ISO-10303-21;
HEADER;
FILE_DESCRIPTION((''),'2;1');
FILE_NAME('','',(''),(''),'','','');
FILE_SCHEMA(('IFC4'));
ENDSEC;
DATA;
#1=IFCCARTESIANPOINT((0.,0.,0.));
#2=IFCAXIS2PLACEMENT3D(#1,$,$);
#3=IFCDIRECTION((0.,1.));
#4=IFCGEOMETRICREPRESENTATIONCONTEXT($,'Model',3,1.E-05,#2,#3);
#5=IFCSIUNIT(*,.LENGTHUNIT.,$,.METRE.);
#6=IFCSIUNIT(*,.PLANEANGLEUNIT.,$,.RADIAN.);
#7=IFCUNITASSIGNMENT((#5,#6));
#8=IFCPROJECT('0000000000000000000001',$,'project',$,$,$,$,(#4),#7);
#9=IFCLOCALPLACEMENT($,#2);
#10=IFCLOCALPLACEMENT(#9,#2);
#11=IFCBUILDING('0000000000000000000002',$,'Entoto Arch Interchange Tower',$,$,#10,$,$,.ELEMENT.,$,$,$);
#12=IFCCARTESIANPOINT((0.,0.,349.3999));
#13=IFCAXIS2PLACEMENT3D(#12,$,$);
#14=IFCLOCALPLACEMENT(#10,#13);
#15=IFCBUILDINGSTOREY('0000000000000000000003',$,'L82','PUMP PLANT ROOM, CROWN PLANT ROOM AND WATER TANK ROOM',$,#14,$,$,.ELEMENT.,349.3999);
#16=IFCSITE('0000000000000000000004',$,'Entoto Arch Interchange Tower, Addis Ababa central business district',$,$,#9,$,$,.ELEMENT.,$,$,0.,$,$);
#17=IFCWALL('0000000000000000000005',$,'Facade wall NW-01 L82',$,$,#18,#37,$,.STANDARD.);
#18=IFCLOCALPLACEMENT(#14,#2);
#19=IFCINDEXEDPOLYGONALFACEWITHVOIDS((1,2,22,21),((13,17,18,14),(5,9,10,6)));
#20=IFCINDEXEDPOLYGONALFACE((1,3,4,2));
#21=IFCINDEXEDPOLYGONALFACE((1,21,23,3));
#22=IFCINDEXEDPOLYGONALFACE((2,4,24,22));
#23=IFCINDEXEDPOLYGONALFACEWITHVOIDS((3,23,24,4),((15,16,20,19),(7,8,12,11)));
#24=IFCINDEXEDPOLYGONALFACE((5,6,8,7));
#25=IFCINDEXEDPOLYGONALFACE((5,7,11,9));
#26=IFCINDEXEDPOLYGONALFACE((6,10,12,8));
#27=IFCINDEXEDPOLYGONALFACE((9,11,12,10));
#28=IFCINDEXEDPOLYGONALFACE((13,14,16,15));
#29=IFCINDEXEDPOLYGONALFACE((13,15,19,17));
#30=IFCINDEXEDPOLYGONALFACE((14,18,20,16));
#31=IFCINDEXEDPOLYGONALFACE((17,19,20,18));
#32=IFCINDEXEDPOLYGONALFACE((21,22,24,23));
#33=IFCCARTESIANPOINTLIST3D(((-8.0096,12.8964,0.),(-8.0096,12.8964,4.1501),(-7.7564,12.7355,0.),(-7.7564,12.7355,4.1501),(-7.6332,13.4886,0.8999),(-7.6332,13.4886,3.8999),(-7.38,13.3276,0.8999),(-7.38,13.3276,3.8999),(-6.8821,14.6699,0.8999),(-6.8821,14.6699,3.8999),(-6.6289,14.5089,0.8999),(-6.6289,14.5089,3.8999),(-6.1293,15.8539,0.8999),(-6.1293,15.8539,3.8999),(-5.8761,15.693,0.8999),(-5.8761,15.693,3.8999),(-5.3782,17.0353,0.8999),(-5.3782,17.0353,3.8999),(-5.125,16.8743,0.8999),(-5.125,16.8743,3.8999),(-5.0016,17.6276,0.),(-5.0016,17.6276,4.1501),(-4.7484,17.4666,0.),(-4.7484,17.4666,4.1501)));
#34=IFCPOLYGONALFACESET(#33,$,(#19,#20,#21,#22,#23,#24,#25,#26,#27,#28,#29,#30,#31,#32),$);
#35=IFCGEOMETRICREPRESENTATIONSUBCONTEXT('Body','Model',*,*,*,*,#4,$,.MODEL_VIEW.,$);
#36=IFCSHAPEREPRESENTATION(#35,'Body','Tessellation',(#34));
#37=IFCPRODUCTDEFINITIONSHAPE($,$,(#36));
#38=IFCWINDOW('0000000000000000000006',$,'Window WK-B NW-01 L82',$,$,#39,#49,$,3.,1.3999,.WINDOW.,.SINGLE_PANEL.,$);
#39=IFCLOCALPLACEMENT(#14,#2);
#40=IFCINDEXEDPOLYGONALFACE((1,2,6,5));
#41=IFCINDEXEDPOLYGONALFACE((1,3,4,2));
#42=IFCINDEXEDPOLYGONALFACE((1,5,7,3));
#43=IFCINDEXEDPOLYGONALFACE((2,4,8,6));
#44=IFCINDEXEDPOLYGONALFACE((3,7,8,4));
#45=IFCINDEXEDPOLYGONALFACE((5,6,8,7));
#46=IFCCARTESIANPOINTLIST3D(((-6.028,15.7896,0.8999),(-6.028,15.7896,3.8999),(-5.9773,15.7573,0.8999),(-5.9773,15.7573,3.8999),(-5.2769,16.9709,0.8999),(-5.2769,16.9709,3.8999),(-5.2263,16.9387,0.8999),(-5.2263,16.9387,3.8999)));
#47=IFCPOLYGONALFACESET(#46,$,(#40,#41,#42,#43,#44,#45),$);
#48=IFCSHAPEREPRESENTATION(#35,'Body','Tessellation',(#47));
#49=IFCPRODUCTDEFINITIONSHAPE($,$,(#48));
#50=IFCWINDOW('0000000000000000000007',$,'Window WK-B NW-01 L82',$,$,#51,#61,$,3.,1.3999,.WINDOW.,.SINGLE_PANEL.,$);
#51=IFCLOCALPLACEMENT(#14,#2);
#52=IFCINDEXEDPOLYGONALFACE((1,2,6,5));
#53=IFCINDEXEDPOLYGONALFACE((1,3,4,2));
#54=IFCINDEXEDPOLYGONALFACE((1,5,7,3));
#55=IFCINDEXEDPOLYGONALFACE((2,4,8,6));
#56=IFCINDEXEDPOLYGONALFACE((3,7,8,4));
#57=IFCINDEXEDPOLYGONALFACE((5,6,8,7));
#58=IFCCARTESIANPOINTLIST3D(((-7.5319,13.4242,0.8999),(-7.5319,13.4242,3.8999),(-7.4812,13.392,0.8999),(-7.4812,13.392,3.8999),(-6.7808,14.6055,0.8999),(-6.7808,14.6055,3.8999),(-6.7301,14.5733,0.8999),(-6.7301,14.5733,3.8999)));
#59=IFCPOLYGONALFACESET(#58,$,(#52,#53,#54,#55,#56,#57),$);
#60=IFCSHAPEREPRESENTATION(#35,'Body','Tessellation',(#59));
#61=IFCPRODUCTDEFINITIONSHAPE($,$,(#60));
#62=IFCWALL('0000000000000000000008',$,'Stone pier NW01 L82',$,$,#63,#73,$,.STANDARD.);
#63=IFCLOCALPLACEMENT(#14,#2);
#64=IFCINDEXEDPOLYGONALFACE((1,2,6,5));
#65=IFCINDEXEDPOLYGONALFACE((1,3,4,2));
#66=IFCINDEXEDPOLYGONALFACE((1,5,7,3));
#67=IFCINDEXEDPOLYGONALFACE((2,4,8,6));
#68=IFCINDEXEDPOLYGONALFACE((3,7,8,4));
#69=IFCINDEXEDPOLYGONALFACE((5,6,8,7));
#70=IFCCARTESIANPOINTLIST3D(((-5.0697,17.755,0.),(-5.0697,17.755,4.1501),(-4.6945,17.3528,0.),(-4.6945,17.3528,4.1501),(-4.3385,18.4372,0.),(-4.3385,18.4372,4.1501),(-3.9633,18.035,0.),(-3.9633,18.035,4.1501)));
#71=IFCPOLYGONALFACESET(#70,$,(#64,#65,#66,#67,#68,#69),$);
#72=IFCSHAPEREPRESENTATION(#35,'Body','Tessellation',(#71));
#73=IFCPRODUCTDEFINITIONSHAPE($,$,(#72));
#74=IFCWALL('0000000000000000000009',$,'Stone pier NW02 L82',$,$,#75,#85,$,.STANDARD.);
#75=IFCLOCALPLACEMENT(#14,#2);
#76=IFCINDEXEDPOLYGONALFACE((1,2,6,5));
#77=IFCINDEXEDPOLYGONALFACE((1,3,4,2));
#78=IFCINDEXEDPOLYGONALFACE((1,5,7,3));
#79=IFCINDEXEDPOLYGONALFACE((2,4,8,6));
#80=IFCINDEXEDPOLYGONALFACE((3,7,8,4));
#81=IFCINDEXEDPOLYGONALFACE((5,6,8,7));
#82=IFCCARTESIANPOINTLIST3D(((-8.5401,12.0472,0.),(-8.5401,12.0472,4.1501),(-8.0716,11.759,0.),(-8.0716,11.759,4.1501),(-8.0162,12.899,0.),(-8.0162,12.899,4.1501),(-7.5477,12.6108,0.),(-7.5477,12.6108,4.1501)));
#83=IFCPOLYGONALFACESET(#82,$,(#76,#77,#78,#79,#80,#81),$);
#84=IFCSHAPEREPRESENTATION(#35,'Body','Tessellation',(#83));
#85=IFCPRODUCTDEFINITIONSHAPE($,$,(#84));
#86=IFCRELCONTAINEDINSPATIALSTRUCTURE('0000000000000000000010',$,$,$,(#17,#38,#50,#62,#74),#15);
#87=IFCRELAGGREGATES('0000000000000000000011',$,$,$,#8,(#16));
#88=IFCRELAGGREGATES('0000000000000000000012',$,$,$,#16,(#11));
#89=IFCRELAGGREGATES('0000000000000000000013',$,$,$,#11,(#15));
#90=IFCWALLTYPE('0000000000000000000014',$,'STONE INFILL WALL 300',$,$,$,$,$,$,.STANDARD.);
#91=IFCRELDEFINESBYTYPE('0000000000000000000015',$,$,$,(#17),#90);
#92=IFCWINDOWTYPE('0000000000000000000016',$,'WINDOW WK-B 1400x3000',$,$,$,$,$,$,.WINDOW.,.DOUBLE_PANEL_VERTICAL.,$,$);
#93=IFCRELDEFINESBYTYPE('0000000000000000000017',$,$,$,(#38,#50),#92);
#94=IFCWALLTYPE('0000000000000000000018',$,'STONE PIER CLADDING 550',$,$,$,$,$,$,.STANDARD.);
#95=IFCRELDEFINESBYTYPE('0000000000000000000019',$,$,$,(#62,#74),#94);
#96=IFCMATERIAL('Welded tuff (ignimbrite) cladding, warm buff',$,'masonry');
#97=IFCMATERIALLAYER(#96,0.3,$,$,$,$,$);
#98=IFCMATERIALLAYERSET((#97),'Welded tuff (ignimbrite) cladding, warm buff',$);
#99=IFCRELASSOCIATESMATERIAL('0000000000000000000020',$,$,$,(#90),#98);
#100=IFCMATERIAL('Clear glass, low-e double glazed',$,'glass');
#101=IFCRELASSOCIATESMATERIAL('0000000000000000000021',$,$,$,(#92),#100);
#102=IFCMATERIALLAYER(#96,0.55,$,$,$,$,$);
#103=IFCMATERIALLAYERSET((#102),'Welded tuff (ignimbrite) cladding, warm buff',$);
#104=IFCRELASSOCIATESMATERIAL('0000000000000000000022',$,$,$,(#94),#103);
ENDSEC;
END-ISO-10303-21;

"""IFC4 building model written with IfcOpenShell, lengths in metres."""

from ifc_helpers import new_model, si_unit, direction, frame, frame_2d, origin, place, context, subcontext, project, spatial, rectangle, extrude, material, layer, layer_set, type_object, element, fill, save


model = new_model("IFC4")

# Units and contexts
model_context = context("Model", 3, precision=1e-05, world=origin(), true_north=direction((0.0, 1.0)))
body_context = subcontext(model_context, "Body", "Model", "MODEL_VIEW")
ifc_project = project(units=[si_unit("LENGTHUNIT", "METRE"), si_unit("PLANEANGLEUNIT", "RADIAN")], contexts=[model_context])

# Site, building, storey
site_placement = place(None, origin())
site = spatial("IfcSite", under=ifc_project, at=site_placement, Name="Entoto Arch Interchange Tower, Addis Ababa central business district", CompositionType="ELEMENT", RefElevation=0.0)
building_placement = place(site_placement, origin())
building = spatial("IfcBuilding", under=site, at=building_placement, Name="Entoto Arch Interchange Tower", CompositionType="ELEMENT")
storey_placement = place(building_placement, frame((0.0, 0.0, 349.3999)))
storey = spatial("IfcBuildingStorey", under=building, at=storey_placement, Name="L82", Description="PUMP PLANT ROOM, CROWN PLANT ROOM AND WATER TANK ROOM", CompositionType="ELEMENT", Elevation=349.3999)

# Shared definitions
ifc_material_1 = material(Name="Welded tuff (ignimbrite) cladding, warm buff", Category="masonry")
ifc_layer_1 = layer(ifc_material_1, 0.3)
ifc_layer_set_1 = layer_set([ifc_layer_1], Name="Welded tuff (ignimbrite) cladding, warm buff")
wall_type_1 = type_object("IfcWallType", Name="STONE INFILL WALL 300", PredefinedType="STANDARD", material=ifc_layer_set_1)
ifc_material_2 = material(Name="Clear glass, low-e double glazed", Category="glass")
window_type = type_object("IfcWindowType", Name="WINDOW WK-B 1400x3000", PartitioningType="DOUBLE_PANEL_VERTICAL", PredefinedType="WINDOW", material=ifc_material_2)

# Wall, openings, windows
wall_1_placement = place(storey_placement, frame((-4.875, 17.5471, 0.0), z_axis=(0.0, 0.0, 1.0), x_axis=(-0.536532, -0.84388, 0.0)))
wall_1 = element("IfcWall", 1, at=wall_1_placement, inside=storey, type_object=wall_type_1, Name="Facade wall NW-01 L82", PredefinedType="STANDARD", context=body_context, shape_type="SweptSolid", body=[
    extrude(rectangle(XDim=5.6064, YDim=0.3, at=frame_2d((2.8032, 0.0))), origin(), (0.0, 0.0, 1.0), 4.1501),
])
opening_1_placement = place(wall_1_placement, frame((0.7019, 0.0, 0.8999)))
opening_1 = element("IfcOpeningElement", 2, at=opening_1_placement, cuts=wall_1, PredefinedType="OPENING", context=body_context, shape_type="SweptSolid", body=[
    extrude(rectangle(XDim=1.3999, YDim=3.0, at=frame_2d((0.7, 1.5))), frame((0.0, 0.1602, 0.0), z_axis=(0.0, -1.0, 0.0), x_axis=(1.0, 0.0, 0.0)), (0.0, 0.0, 1.0), 0.3201),
])
opening_2_placement = place(wall_1_placement, frame((3.5049, 0.0, 0.8999)))
opening_2 = element("IfcOpeningElement", 3, at=opening_2_placement, cuts=wall_1, PredefinedType="OPENING", context=body_context, shape_type="SweptSolid", body=[
    extrude(rectangle(XDim=1.3999, YDim=3.0, at=frame_2d((0.7, 1.5))), frame((0.0, 0.1602, 0.0), z_axis=(0.0, -1.0, 0.0), x_axis=(1.0, 0.0, 0.0)), (0.0, 0.0, 1.0), 0.3201),
])
window_1_placement = place(opening_1_placement, origin())
window_1 = element("IfcWindow", 4, at=window_1_placement, inside=storey, type_object=window_type, Name="Window WK-B NW-01 L82", OverallHeight=3.0, OverallWidth=1.3999, PartitioningType="SINGLE_PANEL", PredefinedType="WINDOW", context=body_context, shape_type="SweptSolid", body=[
    extrude(rectangle(XDim=1.3999, YDim=3.0, at=frame_2d((0.7, 1.5))), frame((0.0, 0.03, 0.0), z_axis=(0.0, -1.0, 0.0), x_axis=(1.0, 0.0, 0.0)), (0.0, 0.0, 1.0), 0.0601),
])
fill(opening_1, window_1)
window_2_placement = place(opening_2_placement, origin())
window_2 = element("IfcWindow", 5, at=window_2_placement, inside=storey, type_object=window_type, Name="Window WK-B NW-01 L82", OverallHeight=3.0, OverallWidth=1.3999, PartitioningType="SINGLE_PANEL", PredefinedType="WINDOW", context=body_context, shape_type="SweptSolid", body=[
    extrude(rectangle(XDim=1.3999, YDim=3.0, at=frame_2d((0.7, 1.5))), frame((0.0, 0.03, 0.0), z_axis=(0.0, -1.0, 0.0), x_axis=(1.0, 0.0, 0.0)), (0.0, 0.0, 1.0), 0.0601),
])
fill(opening_2, window_2)

# Walls
ifc_layer_2 = layer(ifc_material_1, 0.55)
ifc_layer_set_2 = layer_set([ifc_layer_2], Name="Welded tuff (ignimbrite) cladding, warm buff")
wall_type_2 = type_object("IfcWallType", Name="STONE PIER CLADDING 550", PredefinedType="STANDARD", material=ifc_layer_set_2)
for number, where, z_axis, x_axis, name in (
    (6, (-4.1509, 18.2361, 0.0), (0.0, 0.0, 1.0), (-0.731218, -0.682144, 0.0), "Stone pier NW01 L82"),
    (7, (-7.782, 12.7549, 0.0), (0.0, 0.0, 1.0), (-0.523907, -0.851776, 0.0), "Stone pier NW02 L82"),
):
    element("IfcWall", number, at=place(storey_placement, frame(where, z_axis=z_axis, x_axis=x_axis)), inside=storey, type_object=wall_type_2, Name=name, PredefinedType="STANDARD", context=body_context, shape_type="SweptSolid", body=[
        extrude(rectangle(XDim=1.0, YDim=0.55, at=frame_2d((0.5, 0.0))), origin(), (0.0, 0.0, 1.0), 4.1501),
    ])

save(model, "model.ifc")
